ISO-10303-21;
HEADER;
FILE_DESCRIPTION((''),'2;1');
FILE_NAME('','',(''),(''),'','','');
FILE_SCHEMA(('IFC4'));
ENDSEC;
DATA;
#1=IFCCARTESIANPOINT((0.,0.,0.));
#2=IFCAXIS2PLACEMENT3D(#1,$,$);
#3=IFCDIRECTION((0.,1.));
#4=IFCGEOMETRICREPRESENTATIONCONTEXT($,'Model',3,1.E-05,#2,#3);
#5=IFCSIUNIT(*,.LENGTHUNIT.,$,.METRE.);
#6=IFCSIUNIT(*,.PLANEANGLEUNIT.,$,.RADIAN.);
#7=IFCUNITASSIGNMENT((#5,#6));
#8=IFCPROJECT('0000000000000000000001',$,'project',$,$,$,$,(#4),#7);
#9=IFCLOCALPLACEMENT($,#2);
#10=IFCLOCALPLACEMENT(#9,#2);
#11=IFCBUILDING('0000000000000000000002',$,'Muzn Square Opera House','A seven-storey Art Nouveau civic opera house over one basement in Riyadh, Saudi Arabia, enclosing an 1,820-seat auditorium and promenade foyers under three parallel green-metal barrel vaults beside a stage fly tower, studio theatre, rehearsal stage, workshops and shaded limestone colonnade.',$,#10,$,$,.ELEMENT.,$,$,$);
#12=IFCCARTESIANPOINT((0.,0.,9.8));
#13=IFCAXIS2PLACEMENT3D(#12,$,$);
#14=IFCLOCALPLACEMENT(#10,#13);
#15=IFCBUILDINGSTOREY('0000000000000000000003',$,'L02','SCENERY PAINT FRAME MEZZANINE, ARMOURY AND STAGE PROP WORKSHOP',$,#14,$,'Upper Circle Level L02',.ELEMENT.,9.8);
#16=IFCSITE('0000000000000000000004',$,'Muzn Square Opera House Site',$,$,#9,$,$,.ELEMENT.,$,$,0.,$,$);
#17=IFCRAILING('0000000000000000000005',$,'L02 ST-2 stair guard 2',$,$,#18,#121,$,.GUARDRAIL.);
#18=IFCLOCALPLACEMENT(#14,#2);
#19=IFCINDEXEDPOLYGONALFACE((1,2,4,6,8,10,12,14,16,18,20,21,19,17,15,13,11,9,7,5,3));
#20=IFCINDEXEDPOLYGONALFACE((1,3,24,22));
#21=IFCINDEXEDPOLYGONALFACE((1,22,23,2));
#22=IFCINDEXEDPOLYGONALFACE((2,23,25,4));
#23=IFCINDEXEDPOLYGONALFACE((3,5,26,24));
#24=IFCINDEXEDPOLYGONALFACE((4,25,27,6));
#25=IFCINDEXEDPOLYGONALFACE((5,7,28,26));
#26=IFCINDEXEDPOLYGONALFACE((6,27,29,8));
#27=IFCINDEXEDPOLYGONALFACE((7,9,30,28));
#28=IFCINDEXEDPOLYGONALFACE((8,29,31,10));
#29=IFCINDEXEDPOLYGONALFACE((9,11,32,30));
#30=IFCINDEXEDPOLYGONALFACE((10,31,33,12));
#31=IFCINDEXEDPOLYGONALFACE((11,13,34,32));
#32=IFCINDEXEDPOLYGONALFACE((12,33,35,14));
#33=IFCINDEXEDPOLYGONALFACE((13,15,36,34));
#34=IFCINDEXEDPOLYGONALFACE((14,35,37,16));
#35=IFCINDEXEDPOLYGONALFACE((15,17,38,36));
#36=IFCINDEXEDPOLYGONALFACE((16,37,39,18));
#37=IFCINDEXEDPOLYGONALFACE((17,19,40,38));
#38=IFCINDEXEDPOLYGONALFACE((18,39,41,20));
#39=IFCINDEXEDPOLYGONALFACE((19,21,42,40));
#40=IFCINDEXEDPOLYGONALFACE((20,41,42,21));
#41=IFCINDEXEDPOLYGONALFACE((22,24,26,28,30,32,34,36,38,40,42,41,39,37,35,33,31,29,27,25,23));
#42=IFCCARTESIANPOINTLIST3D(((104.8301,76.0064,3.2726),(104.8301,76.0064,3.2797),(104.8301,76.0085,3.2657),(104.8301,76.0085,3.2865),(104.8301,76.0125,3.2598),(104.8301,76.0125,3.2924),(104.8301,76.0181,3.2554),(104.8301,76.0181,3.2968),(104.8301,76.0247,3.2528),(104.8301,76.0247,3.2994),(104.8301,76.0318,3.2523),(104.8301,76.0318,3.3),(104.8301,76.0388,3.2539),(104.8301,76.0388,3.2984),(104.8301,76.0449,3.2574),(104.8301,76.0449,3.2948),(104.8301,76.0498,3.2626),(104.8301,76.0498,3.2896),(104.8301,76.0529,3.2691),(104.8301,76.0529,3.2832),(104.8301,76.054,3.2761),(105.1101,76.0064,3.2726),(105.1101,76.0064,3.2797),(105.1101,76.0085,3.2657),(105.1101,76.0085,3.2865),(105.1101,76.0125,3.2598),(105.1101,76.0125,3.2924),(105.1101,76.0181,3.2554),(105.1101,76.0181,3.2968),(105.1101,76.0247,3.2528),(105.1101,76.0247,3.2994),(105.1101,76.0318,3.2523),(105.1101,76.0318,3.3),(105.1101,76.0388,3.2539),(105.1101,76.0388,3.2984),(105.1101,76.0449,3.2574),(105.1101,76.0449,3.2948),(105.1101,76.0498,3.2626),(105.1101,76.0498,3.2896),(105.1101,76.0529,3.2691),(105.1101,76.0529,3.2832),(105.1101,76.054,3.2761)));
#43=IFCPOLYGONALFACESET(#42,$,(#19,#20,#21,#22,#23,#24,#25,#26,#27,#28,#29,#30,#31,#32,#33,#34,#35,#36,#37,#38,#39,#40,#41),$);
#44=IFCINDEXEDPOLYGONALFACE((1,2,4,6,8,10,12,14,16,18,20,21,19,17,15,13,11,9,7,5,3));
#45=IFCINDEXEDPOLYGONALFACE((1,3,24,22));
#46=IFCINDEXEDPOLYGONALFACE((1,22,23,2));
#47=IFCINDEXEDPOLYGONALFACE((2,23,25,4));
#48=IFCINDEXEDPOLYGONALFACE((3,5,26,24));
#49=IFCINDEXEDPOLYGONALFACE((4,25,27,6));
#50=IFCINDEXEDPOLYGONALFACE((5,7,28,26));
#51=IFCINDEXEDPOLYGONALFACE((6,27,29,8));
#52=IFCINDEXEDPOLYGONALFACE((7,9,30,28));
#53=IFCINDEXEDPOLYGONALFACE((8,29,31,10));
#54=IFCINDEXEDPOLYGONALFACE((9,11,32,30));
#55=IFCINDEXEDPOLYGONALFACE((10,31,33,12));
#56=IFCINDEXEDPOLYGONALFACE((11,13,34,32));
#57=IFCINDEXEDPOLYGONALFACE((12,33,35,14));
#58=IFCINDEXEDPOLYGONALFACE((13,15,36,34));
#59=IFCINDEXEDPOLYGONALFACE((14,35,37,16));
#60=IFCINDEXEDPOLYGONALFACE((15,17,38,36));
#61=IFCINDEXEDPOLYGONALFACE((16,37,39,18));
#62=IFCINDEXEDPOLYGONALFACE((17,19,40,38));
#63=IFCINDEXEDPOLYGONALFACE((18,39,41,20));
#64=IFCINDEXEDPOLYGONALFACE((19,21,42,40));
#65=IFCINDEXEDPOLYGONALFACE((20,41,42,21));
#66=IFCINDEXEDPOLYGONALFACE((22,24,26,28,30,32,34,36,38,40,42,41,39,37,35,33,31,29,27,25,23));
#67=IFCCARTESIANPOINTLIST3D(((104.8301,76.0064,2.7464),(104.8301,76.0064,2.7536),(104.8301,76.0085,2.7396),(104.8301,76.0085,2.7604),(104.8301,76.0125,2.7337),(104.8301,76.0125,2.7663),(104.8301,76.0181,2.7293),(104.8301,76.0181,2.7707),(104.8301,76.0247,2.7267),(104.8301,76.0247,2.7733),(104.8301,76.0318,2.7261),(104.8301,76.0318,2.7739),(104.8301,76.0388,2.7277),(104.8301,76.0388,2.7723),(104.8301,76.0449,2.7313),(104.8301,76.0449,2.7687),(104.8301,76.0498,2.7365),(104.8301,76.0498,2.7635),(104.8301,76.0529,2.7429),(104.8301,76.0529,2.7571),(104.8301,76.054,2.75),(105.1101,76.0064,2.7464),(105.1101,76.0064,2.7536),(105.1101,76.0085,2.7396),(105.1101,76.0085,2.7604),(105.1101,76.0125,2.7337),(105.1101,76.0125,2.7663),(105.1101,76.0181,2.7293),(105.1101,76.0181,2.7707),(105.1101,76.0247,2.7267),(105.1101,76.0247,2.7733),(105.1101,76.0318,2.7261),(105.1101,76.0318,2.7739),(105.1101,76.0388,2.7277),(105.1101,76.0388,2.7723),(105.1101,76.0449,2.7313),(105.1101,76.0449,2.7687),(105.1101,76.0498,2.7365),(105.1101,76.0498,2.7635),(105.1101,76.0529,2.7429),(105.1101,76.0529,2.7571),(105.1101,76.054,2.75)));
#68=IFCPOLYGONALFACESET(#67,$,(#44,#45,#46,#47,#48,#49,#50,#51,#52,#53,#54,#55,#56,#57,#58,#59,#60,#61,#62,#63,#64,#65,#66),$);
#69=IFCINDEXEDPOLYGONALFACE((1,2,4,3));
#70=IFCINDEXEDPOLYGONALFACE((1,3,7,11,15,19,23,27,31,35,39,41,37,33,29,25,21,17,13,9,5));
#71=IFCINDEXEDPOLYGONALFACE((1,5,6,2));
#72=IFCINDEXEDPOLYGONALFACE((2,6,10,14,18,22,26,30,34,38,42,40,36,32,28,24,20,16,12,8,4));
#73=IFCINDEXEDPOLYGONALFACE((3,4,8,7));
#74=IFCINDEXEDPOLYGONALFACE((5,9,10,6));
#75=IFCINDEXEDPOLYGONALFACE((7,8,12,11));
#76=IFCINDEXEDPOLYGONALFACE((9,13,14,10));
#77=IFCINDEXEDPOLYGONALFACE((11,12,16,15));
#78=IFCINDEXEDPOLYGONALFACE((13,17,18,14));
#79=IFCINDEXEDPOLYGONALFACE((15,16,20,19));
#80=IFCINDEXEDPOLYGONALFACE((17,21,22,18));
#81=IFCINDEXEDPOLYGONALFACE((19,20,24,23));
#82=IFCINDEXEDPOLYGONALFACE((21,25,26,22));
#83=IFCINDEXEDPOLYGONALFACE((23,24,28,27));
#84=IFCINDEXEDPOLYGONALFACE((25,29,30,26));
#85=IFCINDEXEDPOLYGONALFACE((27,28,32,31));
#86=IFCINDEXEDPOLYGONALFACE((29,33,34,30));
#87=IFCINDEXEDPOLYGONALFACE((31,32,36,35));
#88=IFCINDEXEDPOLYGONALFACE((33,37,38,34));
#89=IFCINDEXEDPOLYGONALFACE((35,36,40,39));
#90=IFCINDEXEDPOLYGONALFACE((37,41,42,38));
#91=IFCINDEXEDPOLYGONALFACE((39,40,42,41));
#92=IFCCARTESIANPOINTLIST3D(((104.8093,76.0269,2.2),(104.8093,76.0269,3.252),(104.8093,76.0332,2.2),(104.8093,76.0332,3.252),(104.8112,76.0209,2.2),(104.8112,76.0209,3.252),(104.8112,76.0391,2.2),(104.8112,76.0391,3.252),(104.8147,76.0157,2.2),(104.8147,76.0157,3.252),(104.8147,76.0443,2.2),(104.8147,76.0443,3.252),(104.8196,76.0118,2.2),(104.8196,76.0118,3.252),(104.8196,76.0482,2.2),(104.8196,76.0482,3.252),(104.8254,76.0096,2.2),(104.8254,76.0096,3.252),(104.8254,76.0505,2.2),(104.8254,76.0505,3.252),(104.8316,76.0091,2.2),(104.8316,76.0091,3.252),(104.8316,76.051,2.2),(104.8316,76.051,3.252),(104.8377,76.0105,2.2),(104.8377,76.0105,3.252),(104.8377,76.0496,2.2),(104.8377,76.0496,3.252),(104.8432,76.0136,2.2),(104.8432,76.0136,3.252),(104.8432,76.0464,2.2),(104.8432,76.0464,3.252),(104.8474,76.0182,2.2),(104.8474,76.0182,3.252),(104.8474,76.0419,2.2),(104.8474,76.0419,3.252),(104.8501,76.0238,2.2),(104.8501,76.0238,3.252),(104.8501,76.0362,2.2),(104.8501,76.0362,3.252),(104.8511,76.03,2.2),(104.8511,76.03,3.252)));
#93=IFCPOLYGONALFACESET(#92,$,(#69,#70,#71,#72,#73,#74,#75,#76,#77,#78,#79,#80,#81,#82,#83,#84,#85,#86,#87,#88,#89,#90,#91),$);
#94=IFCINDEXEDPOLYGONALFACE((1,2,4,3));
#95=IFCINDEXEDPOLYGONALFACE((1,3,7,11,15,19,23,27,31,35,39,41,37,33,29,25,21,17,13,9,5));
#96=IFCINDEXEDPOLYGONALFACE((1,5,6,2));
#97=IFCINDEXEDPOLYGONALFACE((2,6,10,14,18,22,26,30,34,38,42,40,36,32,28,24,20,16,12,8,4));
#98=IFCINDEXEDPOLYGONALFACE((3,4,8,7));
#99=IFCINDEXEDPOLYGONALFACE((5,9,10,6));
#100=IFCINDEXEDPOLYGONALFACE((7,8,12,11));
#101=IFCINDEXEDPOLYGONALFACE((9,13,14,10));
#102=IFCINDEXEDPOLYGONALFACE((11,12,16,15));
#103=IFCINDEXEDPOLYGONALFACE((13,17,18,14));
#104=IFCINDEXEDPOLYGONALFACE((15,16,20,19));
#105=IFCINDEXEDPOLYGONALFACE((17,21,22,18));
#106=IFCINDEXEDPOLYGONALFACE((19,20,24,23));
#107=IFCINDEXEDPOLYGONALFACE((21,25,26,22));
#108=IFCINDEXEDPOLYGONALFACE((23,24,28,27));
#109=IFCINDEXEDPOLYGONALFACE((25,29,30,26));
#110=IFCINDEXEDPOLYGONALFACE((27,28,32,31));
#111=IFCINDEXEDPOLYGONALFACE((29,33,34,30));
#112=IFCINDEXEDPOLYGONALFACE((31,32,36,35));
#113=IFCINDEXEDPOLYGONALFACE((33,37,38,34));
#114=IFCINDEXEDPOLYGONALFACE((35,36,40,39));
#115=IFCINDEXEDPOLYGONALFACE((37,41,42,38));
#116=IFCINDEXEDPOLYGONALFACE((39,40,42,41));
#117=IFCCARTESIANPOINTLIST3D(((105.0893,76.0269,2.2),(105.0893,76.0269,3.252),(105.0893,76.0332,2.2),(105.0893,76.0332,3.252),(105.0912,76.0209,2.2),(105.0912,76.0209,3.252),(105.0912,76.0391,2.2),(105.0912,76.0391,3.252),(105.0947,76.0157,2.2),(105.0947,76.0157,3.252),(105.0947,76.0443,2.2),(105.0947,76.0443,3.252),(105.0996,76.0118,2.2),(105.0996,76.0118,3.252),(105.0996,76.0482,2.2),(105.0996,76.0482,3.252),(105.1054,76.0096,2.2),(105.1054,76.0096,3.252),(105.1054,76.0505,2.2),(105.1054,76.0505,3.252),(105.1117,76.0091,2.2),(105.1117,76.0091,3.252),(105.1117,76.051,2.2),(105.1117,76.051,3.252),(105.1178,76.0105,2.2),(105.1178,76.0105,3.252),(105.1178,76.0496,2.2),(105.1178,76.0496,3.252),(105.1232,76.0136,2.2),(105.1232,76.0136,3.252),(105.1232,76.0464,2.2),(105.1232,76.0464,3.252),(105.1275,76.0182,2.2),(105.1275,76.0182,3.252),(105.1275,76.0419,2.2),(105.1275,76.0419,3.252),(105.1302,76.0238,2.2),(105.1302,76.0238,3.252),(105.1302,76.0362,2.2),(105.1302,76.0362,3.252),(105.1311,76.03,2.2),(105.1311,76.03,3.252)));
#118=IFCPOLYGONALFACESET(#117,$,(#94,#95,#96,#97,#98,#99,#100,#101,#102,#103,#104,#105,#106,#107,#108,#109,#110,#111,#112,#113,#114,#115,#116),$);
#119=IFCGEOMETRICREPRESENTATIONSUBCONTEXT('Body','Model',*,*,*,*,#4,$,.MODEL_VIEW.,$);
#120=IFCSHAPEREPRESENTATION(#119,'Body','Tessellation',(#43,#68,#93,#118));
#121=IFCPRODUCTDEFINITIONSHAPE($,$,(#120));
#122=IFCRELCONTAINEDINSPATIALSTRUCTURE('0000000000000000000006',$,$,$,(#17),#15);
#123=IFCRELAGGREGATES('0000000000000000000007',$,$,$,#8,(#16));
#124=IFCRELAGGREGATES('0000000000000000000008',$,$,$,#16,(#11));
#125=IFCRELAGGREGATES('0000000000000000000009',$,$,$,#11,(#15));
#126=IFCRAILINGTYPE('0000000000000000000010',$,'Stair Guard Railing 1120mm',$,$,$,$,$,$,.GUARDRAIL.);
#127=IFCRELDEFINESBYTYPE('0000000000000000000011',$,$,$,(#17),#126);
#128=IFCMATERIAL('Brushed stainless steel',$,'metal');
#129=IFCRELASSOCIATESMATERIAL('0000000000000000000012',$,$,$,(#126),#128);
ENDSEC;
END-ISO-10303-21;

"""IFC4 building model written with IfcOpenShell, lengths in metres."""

from ifc_helpers import new_model, si_unit, direction, frame, origin, origin_2d, place, context, subcontext, project, spatial, circle, extrude, material, type_object, element, save


model = new_model("IFC4")

# Units and contexts
model_context = context("Model", 3, precision=1e-05, world=origin(), true_north=direction((0.0, 1.0)))
body_context = subcontext(model_context, "Body", "Model", "MODEL_VIEW")
ifc_project = project(units=[si_unit("LENGTHUNIT", "METRE"), si_unit("PLANEANGLEUNIT", "RADIAN")], contexts=[model_context])

# Site, building, storey
site_placement = place(None, origin())
site = spatial("IfcSite", under=ifc_project, at=site_placement, Name="Muzn Square Opera House Site", CompositionType="ELEMENT", RefElevation=0.0)
building_placement = place(site_placement, origin())
building = spatial("IfcBuilding", under=site, at=building_placement, Name="Muzn Square Opera House", Description="A seven-storey Art Nouveau civic opera house over one basement in Riyadh, Saudi Arabia, enclosing an 1,820-seat auditorium and promenade foyers under three parallel green-metal barrel vaults beside a stage fly tower, studio theatre, rehearsal stage, workshops and shaded limestone colonnade.", CompositionType="ELEMENT")
storey_placement = place(building_placement, frame((0.0, 0.0, 9.8)))
storey = spatial("IfcBuildingStorey", under=building, at=storey_placement, Name="L02", Description="SCENERY PAINT FRAME MEZZANINE, ARMOURY AND STAGE PROP WORKSHOP", LongName="Upper Circle Level L02", CompositionType="ELEMENT", Elevation=9.8)

# Railing
ifc_material_1 = material(Name="Brushed stainless steel", Category="metal")
railing_type_1 = type_object("IfcRailingType", Name="Stair Guard Railing 1120mm", PredefinedType="GUARDRAIL", material=ifc_material_1)
railing_1_placement = place(storey_placement, frame((104.8301, 76.03, 2.2)))
element("IfcRailing", 1, at=railing_1_placement, inside=storey, type_object=railing_type_1, Name="L02 ST-2 stair guard 2", PredefinedType="GUARDRAIL", context=body_context, shape_type="SweptSolid", body=[
    extrude(circle(Radius=0.0239, at=origin_2d()), frame((0.0, 0.0, 1.0762), z_axis=(1.0, 0.0, 0.0), x_axis=(0.0, 1.0, 0.0)), (0.0, 0.0, 1.0), 0.28),
    extrude(circle(Radius=0.0239, at=origin_2d()), frame((0.0, 0.0, 0.55), z_axis=(1.0, 0.0, 0.0), x_axis=(0.0, 1.0, 0.0)), (0.0, 0.0, 1.0), 0.28),
    extrude(circle(Radius=0.021, at=origin_2d()), origin(), (0.0, 0.0, 1.0), 1.052),
    extrude(circle(Radius=0.021, at=origin_2d()), frame((0.28, 0.0, 0.0)), (0.0, 0.0, 1.0), 1.052),
])

save(model, "model.ifc")
